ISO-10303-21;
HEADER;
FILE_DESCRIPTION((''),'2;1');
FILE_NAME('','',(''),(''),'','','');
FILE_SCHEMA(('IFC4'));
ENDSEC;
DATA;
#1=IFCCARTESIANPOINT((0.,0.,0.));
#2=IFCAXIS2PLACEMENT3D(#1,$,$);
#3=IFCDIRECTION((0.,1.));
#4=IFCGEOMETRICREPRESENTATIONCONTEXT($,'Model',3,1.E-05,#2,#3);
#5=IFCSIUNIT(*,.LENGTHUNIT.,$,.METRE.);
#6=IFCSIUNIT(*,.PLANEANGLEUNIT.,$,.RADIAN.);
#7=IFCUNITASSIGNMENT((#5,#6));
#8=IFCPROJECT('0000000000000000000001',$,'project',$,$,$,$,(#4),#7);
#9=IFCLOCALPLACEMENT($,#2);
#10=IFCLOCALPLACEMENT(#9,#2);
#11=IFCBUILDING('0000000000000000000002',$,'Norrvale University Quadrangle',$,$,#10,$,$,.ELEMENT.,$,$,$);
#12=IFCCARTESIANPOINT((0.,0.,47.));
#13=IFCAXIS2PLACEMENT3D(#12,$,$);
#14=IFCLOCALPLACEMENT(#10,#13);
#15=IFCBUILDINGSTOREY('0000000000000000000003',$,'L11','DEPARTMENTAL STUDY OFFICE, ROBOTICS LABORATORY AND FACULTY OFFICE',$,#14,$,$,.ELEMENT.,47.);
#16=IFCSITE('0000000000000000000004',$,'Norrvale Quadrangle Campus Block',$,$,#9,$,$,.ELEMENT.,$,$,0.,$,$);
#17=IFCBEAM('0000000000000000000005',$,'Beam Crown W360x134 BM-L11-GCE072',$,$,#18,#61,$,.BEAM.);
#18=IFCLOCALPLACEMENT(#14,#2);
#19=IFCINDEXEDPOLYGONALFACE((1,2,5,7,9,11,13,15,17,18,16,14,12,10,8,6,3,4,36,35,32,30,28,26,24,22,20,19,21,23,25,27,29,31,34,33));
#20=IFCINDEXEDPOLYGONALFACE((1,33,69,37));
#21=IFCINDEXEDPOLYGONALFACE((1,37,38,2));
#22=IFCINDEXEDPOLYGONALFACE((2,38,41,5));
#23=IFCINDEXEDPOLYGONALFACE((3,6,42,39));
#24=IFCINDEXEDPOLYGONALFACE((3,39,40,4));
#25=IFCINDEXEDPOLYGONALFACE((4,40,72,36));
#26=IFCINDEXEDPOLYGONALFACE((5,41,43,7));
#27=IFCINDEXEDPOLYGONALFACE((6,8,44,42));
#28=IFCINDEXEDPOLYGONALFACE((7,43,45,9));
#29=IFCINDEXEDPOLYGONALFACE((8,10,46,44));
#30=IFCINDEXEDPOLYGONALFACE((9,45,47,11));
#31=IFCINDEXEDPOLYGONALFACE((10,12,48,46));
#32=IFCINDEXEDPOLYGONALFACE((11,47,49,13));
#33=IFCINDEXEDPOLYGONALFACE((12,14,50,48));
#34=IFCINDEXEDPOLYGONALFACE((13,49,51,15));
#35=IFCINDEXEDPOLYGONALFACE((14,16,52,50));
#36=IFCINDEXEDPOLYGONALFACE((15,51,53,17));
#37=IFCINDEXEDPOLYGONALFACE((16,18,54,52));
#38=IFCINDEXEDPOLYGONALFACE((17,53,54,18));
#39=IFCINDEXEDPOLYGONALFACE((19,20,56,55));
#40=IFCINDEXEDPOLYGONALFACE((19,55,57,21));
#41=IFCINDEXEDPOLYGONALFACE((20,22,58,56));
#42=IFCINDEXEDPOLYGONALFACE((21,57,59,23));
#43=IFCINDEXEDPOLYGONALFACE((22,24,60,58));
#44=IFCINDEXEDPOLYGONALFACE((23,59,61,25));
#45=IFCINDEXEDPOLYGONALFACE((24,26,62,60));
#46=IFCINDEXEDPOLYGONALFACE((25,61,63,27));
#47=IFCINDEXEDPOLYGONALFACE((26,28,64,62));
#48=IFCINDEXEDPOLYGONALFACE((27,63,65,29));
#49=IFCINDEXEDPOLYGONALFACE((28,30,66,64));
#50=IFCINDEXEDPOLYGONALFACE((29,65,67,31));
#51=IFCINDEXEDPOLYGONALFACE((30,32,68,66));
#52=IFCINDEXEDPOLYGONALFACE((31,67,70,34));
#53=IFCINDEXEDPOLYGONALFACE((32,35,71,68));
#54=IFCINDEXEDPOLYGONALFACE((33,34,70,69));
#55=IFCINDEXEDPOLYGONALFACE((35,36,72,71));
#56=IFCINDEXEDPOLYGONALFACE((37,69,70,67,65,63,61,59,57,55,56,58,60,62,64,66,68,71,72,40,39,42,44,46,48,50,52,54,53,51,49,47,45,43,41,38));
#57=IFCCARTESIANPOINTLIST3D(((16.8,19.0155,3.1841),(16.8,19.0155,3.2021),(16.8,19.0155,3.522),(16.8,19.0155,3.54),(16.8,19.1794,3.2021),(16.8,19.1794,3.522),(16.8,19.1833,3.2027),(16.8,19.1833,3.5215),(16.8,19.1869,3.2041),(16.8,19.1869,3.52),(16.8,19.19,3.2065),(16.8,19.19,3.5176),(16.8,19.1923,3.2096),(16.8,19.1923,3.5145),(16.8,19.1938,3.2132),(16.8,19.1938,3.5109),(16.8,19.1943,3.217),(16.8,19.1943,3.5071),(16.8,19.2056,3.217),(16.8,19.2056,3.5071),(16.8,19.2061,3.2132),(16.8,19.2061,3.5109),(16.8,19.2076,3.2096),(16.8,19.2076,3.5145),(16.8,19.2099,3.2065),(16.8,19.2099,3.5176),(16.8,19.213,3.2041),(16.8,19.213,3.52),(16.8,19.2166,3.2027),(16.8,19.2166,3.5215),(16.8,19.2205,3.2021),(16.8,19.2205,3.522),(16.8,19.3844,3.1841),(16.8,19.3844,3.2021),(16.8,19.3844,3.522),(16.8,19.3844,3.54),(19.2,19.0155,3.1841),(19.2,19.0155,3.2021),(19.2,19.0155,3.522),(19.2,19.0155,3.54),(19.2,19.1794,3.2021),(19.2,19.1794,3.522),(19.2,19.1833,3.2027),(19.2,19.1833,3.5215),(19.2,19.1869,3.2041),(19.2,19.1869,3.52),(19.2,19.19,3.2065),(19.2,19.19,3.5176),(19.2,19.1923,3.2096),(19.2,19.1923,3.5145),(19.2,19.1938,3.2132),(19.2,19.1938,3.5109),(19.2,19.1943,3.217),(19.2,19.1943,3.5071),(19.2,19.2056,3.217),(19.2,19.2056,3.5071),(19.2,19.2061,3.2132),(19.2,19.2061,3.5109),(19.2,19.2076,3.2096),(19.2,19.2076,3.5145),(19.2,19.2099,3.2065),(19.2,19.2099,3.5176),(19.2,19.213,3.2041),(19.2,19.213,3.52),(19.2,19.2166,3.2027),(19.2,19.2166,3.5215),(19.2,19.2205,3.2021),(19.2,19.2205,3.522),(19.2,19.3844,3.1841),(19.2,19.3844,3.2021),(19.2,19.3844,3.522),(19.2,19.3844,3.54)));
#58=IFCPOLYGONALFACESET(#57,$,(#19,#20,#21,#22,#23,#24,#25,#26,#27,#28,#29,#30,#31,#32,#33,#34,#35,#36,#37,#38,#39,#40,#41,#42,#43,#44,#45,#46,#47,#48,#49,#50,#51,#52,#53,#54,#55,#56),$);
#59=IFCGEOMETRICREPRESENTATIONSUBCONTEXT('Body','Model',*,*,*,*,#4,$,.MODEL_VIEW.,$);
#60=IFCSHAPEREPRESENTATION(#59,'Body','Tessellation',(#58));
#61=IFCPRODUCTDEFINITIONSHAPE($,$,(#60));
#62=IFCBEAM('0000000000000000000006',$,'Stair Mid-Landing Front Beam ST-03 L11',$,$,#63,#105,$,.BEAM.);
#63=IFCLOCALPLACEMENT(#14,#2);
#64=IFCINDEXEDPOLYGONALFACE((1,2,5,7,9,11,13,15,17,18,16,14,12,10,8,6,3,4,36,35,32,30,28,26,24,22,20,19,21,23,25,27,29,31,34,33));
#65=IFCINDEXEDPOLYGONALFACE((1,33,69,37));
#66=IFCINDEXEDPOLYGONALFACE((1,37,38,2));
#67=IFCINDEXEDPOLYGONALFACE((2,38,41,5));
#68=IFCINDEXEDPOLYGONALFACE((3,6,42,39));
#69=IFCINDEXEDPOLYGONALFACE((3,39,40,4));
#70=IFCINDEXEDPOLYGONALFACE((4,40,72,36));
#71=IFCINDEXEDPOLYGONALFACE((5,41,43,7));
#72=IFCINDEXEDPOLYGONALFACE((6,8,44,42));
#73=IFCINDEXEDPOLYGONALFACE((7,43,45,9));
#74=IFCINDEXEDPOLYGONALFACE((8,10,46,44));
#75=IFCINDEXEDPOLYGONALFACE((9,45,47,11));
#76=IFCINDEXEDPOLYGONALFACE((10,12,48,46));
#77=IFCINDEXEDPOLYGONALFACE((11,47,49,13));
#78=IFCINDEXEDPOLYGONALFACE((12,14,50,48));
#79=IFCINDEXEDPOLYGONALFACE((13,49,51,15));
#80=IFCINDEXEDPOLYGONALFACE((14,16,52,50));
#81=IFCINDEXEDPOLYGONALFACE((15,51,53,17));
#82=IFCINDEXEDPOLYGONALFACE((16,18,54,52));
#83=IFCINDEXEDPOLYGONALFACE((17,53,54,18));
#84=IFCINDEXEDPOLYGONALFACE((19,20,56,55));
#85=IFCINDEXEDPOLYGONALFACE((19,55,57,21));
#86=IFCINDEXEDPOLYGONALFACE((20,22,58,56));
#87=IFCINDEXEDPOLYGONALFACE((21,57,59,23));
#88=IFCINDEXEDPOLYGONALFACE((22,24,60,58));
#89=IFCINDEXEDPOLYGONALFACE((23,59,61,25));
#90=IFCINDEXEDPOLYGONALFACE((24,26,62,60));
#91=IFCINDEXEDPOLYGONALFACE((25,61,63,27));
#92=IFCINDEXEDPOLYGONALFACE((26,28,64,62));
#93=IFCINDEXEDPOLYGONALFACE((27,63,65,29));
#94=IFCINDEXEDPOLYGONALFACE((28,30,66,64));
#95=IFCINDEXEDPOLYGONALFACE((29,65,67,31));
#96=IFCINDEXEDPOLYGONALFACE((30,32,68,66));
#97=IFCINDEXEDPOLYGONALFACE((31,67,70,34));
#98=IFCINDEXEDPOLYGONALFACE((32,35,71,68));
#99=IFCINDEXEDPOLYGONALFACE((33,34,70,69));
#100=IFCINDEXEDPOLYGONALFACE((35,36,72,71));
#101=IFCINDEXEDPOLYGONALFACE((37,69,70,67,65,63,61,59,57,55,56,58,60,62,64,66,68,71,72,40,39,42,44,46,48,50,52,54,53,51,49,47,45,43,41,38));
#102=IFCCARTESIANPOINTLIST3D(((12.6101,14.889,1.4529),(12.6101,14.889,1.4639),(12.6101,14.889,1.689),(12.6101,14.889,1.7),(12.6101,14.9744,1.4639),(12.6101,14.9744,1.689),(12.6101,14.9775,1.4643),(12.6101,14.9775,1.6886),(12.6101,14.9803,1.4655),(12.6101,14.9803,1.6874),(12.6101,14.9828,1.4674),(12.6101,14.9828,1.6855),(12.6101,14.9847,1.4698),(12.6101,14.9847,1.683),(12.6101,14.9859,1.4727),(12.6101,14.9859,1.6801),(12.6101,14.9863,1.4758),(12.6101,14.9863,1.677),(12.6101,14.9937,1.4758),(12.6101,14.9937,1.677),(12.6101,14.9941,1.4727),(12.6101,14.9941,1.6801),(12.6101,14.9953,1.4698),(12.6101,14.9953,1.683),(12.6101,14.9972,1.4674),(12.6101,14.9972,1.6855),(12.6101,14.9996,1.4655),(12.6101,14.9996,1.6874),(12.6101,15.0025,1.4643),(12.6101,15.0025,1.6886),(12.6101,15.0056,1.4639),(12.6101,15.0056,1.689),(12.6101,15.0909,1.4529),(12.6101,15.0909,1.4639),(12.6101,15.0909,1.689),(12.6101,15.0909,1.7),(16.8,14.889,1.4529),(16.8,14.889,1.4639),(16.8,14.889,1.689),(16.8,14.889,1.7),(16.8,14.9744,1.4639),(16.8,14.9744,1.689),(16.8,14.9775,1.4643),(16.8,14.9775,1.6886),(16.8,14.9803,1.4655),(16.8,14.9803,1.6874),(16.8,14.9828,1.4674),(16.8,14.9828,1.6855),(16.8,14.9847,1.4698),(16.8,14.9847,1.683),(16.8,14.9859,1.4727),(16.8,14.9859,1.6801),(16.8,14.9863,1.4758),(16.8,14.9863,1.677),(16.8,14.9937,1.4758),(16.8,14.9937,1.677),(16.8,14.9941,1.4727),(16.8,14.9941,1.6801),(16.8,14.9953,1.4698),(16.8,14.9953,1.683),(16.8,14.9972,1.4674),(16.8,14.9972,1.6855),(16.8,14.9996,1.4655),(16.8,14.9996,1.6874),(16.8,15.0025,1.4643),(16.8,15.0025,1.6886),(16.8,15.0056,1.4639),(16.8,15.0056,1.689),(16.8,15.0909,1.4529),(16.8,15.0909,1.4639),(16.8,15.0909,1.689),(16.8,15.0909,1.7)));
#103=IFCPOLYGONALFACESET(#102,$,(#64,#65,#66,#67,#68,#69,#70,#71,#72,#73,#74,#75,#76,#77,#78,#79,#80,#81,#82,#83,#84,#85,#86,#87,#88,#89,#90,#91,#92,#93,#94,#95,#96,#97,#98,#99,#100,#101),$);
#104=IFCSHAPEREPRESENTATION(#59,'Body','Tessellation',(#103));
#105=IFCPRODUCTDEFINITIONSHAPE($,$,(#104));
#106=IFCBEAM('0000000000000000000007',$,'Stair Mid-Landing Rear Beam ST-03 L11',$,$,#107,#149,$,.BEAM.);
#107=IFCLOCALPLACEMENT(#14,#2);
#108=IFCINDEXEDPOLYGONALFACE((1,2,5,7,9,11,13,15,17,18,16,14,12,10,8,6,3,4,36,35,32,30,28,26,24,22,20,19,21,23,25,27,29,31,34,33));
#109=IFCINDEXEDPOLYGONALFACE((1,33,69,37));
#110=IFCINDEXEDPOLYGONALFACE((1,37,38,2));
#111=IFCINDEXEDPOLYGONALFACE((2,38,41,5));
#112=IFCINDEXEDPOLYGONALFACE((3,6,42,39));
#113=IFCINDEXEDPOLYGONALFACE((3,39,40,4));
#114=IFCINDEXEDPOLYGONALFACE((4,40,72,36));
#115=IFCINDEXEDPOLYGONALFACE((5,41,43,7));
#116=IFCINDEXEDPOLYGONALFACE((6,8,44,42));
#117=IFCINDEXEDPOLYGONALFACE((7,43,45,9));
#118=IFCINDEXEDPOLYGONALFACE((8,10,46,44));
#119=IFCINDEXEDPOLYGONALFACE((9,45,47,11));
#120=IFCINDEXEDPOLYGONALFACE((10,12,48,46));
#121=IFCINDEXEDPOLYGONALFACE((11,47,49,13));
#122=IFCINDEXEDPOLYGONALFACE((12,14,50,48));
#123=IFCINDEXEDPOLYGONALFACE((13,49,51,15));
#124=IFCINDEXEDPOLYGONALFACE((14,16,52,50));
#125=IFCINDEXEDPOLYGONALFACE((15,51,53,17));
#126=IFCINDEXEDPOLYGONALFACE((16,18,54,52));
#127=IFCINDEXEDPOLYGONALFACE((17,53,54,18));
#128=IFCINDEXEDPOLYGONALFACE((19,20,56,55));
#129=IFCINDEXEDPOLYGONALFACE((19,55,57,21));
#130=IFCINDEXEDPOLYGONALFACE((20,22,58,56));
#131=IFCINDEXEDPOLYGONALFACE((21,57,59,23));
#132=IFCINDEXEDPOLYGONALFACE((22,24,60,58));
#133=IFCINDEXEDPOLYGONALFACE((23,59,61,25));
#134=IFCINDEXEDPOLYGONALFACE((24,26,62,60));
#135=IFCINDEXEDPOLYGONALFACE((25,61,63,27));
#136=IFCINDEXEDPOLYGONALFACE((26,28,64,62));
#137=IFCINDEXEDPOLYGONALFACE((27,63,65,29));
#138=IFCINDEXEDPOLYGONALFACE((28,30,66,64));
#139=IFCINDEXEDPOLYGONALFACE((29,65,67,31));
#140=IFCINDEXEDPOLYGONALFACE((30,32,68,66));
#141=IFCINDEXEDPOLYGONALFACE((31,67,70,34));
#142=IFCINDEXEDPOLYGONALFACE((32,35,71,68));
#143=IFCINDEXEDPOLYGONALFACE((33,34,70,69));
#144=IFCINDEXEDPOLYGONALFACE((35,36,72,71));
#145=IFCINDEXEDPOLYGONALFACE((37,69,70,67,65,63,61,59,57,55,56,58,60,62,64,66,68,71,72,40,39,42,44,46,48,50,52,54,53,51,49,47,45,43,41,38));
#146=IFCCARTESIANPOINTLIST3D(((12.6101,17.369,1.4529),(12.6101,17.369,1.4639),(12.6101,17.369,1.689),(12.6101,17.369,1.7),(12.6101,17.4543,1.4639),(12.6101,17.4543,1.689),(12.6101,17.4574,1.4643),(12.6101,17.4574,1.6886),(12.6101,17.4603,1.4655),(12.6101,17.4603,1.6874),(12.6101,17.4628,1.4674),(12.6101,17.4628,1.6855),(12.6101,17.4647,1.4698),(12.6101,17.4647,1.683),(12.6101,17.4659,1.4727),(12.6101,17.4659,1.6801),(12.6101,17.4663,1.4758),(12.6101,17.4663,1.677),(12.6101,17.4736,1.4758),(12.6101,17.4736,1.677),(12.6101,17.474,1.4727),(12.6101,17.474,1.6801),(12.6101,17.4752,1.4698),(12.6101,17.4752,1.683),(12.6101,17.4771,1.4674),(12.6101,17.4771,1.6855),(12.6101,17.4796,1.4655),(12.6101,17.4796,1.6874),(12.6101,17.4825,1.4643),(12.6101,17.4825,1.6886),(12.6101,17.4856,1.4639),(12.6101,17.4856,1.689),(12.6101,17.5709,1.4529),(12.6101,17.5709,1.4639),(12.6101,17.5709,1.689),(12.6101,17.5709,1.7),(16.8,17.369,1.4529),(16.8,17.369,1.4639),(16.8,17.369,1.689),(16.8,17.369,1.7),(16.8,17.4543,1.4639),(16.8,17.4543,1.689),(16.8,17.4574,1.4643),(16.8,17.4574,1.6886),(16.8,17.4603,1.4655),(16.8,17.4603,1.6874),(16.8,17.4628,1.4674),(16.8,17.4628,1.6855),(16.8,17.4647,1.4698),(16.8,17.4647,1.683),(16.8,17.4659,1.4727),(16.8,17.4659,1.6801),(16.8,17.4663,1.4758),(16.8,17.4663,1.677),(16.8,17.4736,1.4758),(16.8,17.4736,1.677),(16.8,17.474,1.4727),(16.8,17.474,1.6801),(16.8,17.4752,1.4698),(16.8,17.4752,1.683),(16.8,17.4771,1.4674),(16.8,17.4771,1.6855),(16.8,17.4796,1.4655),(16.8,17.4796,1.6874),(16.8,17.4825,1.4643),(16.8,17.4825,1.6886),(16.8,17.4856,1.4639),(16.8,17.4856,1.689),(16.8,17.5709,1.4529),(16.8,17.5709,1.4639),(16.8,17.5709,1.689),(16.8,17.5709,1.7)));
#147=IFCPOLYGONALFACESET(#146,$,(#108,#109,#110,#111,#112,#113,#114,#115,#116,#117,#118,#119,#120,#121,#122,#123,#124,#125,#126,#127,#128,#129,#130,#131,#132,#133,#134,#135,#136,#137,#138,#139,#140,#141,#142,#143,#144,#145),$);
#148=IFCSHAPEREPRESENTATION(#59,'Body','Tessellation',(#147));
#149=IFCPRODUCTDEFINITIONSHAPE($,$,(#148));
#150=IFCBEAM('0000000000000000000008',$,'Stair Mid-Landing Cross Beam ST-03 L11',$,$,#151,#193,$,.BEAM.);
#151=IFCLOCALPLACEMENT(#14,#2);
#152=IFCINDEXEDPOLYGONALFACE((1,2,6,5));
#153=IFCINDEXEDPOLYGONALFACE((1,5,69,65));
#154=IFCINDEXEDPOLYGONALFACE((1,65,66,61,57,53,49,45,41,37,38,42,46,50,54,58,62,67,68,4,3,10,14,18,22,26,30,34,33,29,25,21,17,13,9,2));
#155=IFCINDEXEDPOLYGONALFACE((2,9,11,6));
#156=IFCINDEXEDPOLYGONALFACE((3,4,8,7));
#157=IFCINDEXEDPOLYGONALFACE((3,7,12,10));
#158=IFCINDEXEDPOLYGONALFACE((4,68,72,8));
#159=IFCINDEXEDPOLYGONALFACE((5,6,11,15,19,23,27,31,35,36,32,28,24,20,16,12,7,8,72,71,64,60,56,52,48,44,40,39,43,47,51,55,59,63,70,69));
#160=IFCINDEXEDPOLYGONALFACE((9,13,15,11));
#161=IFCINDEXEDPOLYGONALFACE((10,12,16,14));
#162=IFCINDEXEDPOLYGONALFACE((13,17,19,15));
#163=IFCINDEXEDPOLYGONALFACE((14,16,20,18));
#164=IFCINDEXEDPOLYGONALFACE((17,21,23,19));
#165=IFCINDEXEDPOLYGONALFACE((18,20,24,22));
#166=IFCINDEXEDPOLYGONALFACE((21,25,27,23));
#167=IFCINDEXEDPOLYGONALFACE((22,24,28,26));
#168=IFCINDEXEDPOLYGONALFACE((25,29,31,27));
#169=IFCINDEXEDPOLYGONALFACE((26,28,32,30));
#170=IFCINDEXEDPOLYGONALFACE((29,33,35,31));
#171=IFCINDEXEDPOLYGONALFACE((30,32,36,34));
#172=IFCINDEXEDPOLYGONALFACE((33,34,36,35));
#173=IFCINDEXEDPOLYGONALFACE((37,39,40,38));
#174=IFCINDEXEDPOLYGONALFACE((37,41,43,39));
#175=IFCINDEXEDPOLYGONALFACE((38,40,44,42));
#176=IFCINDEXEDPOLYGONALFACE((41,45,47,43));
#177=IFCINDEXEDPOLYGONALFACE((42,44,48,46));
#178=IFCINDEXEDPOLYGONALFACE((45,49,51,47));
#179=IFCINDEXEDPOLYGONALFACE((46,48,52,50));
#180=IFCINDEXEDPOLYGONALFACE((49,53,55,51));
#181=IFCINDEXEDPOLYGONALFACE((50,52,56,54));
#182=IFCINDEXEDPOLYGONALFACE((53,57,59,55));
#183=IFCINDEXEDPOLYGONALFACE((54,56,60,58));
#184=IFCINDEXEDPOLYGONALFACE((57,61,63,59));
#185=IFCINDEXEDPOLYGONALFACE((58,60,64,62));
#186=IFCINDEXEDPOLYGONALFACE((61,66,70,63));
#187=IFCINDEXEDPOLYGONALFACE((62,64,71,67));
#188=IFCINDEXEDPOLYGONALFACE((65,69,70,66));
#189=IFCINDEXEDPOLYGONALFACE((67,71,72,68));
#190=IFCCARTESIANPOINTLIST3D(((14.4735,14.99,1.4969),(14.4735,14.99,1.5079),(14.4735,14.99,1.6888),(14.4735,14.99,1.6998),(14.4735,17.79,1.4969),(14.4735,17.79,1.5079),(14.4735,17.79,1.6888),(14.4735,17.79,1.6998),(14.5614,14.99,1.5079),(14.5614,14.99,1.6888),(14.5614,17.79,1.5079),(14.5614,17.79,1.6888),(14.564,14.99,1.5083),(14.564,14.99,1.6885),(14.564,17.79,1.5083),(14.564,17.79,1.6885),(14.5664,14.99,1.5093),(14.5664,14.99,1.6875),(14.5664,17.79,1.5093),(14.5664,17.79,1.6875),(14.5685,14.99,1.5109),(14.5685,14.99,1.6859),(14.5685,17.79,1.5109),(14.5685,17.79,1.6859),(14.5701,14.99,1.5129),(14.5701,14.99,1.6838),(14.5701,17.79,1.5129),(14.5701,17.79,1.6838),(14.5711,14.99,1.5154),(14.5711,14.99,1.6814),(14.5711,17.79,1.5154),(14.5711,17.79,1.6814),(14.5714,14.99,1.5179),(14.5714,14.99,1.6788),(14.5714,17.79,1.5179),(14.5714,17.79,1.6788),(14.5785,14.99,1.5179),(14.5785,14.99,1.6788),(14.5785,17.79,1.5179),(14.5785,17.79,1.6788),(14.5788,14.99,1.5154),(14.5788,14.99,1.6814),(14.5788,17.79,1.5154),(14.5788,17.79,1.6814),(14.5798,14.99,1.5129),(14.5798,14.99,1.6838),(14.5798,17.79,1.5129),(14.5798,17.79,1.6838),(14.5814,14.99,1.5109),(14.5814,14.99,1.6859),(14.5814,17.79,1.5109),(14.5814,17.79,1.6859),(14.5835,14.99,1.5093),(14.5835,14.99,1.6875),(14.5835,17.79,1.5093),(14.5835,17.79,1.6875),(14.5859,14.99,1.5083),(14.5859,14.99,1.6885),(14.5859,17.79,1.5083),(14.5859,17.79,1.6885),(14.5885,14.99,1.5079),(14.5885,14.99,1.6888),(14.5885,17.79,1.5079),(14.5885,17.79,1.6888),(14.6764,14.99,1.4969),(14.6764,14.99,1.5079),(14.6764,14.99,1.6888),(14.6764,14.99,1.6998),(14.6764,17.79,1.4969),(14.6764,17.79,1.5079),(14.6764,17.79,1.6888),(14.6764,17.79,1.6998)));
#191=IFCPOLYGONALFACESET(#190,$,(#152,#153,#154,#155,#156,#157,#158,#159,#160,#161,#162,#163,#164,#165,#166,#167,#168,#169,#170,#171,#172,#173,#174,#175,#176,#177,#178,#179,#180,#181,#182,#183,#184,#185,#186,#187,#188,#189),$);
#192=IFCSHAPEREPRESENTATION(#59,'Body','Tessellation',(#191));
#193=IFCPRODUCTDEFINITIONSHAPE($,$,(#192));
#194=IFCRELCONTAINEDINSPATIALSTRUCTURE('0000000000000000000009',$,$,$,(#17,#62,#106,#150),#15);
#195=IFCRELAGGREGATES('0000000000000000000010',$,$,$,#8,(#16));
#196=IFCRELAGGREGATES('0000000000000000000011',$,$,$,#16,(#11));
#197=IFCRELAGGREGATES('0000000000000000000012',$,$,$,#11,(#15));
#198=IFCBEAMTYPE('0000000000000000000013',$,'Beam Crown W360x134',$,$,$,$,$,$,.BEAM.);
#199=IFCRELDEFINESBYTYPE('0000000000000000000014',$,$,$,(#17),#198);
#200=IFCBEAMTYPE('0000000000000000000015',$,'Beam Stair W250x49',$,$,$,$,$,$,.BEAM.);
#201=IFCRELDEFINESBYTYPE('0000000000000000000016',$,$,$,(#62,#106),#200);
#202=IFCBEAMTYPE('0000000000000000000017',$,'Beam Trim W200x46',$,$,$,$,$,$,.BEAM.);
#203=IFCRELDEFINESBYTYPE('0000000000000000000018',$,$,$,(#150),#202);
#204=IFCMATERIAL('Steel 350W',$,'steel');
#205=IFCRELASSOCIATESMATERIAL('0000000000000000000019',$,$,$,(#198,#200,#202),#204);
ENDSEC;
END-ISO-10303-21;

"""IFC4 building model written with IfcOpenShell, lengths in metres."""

from ifc_helpers import new_model, si_unit, direction, frame, origin, origin_2d, place, context, subcontext, project, spatial, i_section, extrude, material, material_profile, profile_set, type_object, element, save


model = new_model("IFC4")

# Units and contexts
model_context = context("Model", 3, precision=1e-05, world=origin(), true_north=direction((0.0, 1.0)))
body_context = subcontext(model_context, "Body", "Model", "MODEL_VIEW")
ifc_project = project(units=[si_unit("LENGTHUNIT", "METRE"), si_unit("PLANEANGLEUNIT", "RADIAN")], contexts=[model_context])

# Site, building, storey
site_placement = place(None, origin())
site = spatial("IfcSite", under=ifc_project, at=site_placement, Name="Norrvale Quadrangle Campus Block", CompositionType="ELEMENT", RefElevation=0.0)
building_placement = place(site_placement, origin())
building = spatial("IfcBuilding", under=site, at=building_placement, Name="Norrvale University Quadrangle", CompositionType="ELEMENT")
storey_placement = place(building_placement, frame((0.0, 0.0, 47.0)))
storey = spatial("IfcBuildingStorey", under=building, at=storey_placement, Name="L11", Description="DEPARTMENTAL STUDY OFFICE, ROBOTICS LABORATORY AND FACULTY OFFICE", CompositionType="ELEMENT", Elevation=47.0)

# Beams
ifc_material_1 = material(Name="Steel 350W", Category="steel")
ifc_material_profile_1 = material_profile(ifc_material_1, i_section(OverallWidth=0.3689, OverallDepth=0.356, WebThickness=0.0112, FlangeThickness=0.0181, FilletRadius=0.0149, at=origin_2d()), Name="Steel 350W")
ifc_profile_set_1 = profile_set([ifc_material_profile_1], Name="Steel 350W")
beam_type_1 = type_object("IfcBeamType", Name="Beam Crown W360x134", PredefinedType="BEAM", material=ifc_profile_set_1)
beam_1_placement = place(storey_placement, frame((16.8, 19.2, 3.3621), z_axis=(1.0, 0.0, 0.0), x_axis=(0.0, 1.0, 0.0)))
element("IfcBeam", 1, at=beam_1_placement, inside=storey, type_object=beam_type_1, Name="Beam Crown W360x134 BM-L11-GCE072", PredefinedType="BEAM", context=body_context, shape_type="SweptSolid", body=[
    extrude(i_section(OverallWidth=0.3689, OverallDepth=0.356, WebThickness=0.0112, FlangeThickness=0.0181, FilletRadius=0.0149, at=origin_2d()), origin(), (0.0, 0.0, 1.0), 2.3999),
])
ifc_material_profile_2 = material_profile(ifc_material_1, i_section(OverallWidth=0.2019, OverallDepth=0.2471, WebThickness=0.0073, FlangeThickness=0.011, FilletRadius=0.012, at=origin_2d()), Name="Steel 350W")
ifc_profile_set_2 = profile_set([ifc_material_profile_2], Name="Steel 350W")
beam_type_2 = type_object("IfcBeamType", Name="Beam Stair W250x49", PredefinedType="BEAM", material=ifc_profile_set_2)
for number, where, z_axis, x_axis, name in (
    (2, (12.6101, 14.99, 1.5764), (1.0, 0.0, 0.0), (0.0, 1.0, 0.0), "Stair Mid-Landing Front Beam ST-03 L11"),
    (3, (12.6101, 17.47, 1.5764), (1.0, 0.0, 0.0), (0.0, 1.0, 0.0), "Stair Mid-Landing Rear Beam ST-03 L11"),
):
    element("IfcBeam", number, at=place(storey_placement, frame(where, z_axis=z_axis, x_axis=x_axis)), inside=storey, type_object=beam_type_2, Name=name, PredefinedType="BEAM", context=body_context, shape_type="SweptSolid", body=[
        extrude(i_section(OverallWidth=0.2019, OverallDepth=0.2471, WebThickness=0.0073, FlangeThickness=0.011, FilletRadius=0.012, at=origin_2d()), origin(), (0.0, 0.0, 1.0), 4.1899),
    ])
ifc_material_profile_3 = material_profile(ifc_material_1, i_section(OverallWidth=0.2029, OverallDepth=0.2029, WebThickness=0.0071, FlangeThickness=0.011, FilletRadius=0.01, at=origin_2d()), Name="Steel 350W")
ifc_profile_set_3 = profile_set([ifc_material_profile_3], Name="Steel 350W")
beam_type_3 = type_object("IfcBeamType", Name="Beam Trim W200x46", PredefinedType="BEAM", material=ifc_profile_set_3)
beam_2_placement = place(storey_placement, frame((14.575, 14.99, 1.5984), z_axis=(0.0, 1.0, 0.0), x_axis=(-1.0, 0.0, 0.0)))
element("IfcBeam", 4, at=beam_2_placement, inside=storey, type_object=beam_type_3, Name="Stair Mid-Landing Cross Beam ST-03 L11", PredefinedType="BEAM", context=body_context, shape_type="SweptSolid", body=[
    extrude(i_section(OverallWidth=0.2029, OverallDepth=0.2029, WebThickness=0.0071, FlangeThickness=0.011, FilletRadius=0.01, at=origin_2d()), origin(), (0.0, 0.0, 1.0), 2.8),
])

save(model, "model.ifc")
